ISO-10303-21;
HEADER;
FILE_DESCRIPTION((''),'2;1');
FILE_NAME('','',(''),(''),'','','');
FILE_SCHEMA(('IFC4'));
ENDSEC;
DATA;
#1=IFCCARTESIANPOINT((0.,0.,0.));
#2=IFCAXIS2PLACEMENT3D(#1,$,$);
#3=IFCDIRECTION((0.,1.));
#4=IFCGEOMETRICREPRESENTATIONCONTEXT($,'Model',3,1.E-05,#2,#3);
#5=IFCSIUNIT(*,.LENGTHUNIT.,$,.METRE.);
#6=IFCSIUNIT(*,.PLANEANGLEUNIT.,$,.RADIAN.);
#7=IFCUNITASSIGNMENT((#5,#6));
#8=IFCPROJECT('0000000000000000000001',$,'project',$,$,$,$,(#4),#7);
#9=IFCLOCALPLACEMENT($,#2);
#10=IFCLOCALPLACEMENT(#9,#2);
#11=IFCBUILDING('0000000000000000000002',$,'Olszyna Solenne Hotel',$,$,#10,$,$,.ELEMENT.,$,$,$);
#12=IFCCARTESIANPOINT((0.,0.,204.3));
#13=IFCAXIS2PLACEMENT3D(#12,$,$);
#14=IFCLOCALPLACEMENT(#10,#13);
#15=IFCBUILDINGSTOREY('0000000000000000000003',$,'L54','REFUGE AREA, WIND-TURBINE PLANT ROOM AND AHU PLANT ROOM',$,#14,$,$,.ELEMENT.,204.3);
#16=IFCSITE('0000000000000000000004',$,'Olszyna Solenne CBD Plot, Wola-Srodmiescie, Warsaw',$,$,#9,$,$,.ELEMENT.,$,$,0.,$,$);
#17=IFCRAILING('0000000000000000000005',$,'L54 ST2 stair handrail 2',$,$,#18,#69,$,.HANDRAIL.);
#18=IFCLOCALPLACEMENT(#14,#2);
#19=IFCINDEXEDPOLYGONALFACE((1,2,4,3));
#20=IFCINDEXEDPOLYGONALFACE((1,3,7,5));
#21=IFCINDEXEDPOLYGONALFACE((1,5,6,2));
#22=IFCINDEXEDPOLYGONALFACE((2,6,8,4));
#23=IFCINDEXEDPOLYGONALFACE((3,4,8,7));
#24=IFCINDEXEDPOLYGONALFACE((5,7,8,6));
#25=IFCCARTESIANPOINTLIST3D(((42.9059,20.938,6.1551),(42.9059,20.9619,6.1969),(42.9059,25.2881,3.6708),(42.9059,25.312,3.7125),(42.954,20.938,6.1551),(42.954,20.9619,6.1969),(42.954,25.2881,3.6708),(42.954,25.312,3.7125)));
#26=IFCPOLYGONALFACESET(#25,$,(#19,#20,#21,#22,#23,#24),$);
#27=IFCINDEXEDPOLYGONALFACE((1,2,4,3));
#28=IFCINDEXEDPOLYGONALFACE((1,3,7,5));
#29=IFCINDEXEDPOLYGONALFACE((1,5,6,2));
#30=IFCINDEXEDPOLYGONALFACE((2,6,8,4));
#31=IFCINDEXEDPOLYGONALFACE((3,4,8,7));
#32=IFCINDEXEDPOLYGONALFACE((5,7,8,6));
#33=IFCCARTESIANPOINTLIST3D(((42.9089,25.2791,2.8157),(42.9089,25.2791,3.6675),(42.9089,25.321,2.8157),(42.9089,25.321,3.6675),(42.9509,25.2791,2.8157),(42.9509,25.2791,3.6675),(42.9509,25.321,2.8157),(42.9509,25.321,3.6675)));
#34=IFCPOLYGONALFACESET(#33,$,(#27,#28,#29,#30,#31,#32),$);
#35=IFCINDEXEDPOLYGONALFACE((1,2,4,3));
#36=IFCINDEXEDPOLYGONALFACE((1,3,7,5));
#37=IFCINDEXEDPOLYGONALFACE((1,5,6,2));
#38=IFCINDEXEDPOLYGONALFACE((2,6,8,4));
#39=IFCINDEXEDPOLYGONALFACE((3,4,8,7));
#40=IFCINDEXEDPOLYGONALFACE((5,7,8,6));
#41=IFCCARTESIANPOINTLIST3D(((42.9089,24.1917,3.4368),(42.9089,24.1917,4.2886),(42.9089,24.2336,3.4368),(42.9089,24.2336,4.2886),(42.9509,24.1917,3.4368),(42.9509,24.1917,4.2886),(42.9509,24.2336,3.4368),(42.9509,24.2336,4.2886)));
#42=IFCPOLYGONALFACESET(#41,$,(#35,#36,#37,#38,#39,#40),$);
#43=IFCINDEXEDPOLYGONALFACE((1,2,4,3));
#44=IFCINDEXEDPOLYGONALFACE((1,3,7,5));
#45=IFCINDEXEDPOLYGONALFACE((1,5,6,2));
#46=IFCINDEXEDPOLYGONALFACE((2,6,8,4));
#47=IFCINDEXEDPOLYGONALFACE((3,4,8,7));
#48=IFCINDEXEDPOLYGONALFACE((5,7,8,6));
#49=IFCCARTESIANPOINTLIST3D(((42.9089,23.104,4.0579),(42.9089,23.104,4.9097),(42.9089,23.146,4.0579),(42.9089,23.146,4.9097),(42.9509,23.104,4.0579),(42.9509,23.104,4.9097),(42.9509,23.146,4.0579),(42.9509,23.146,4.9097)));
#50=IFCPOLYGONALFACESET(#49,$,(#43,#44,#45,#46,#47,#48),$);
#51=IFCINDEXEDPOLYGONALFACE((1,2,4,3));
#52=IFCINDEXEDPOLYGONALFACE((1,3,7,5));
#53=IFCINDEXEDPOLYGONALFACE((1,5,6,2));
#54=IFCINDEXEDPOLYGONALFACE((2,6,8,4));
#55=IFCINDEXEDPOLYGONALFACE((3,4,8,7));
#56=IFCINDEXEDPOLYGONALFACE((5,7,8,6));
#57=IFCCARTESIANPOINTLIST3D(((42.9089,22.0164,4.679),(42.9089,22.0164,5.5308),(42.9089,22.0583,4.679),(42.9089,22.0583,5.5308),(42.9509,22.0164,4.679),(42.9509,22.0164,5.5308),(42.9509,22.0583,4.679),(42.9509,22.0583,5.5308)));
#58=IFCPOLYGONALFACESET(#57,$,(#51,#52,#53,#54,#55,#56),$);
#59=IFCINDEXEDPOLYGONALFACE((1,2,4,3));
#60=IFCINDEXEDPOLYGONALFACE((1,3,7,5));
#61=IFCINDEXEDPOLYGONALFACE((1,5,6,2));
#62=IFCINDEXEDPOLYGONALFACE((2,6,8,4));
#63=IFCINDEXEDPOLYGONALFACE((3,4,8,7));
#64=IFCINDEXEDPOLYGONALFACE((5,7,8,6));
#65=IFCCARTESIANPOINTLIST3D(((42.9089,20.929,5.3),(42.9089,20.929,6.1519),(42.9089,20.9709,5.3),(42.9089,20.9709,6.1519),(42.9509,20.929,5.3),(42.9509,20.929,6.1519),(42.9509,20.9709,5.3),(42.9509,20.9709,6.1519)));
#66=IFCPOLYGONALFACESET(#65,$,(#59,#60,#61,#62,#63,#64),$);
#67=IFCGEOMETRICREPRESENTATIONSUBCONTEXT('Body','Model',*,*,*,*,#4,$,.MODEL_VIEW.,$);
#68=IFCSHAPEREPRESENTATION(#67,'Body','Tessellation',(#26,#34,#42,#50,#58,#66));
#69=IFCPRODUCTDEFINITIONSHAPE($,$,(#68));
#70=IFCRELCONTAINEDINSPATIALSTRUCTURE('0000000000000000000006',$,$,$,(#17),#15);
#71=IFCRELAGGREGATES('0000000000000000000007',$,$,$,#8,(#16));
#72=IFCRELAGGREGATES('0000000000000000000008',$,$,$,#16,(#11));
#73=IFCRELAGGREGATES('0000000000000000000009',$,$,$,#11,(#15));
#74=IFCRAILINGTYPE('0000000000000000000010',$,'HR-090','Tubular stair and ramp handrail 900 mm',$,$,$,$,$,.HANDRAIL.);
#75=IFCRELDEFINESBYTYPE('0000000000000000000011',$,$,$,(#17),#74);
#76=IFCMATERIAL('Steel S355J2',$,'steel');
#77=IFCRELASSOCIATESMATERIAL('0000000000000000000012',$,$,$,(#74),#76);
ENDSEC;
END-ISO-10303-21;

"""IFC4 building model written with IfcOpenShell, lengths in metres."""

from ifc_helpers import new_model, si_unit, direction, frame, origin, origin_2d, place, context, subcontext, project, spatial, rectangle, extrude, material, type_object, element, save


model = new_model("IFC4")

# Units and contexts
model_context = context("Model", 3, precision=1e-05, world=origin(), true_north=direction((0.0, 1.0)))
body_context = subcontext(model_context, "Body", "Model", "MODEL_VIEW")
ifc_project = project(units=[si_unit("LENGTHUNIT", "METRE"), si_unit("PLANEANGLEUNIT", "RADIAN")], contexts=[model_context])

# Site, building, storey
site_placement = place(None, origin())
site = spatial("IfcSite", under=ifc_project, at=site_placement, Name="Olszyna Solenne CBD Plot, Wola-Srodmiescie, Warsaw", CompositionType="ELEMENT", RefElevation=0.0)
building_placement = place(site_placement, origin())
building = spatial("IfcBuilding", under=site, at=building_placement, Name="Olszyna Solenne Hotel", CompositionType="ELEMENT")
storey_placement = place(building_placement, frame((0.0, 0.0, 204.3)))
storey = spatial("IfcBuildingStorey", under=building, at=storey_placement, Name="L54", Description="REFUGE AREA, WIND-TURBINE PLANT ROOM AND AHU PLANT ROOM", CompositionType="ELEMENT", Elevation=204.3)

# Shared definitions
ifc_material_1 = material(Name="Steel S355J2", Category="steel")

# Railing
railing_type_1 = type_object("IfcRailingType", Name="HR-090", Description="Tubular stair and ramp handrail 900 mm", PredefinedType="HANDRAIL", material=ifc_material_1)
railing_1_placement = place(storey_placement, frame((42.9299, 25.3, 2.8157)))
element("IfcRailing", 1, at=railing_1_placement, inside=storey, type_object=railing_type_1, Name="L54 ST2 stair handrail 2", PredefinedType="HANDRAIL", context=body_context, shape_type="SweptSolid", body=[
    extrude(rectangle(XDim=0.0481, YDim=0.0481, at=origin_2d()), frame((0.0, 0.0, 0.876), z_axis=(0.0, -0.868363, 0.495929), x_axis=(1.0, 0.0, 0.0)), (0.0, 0.0, 1.0), 5.0095),
    extrude(rectangle(XDim=0.042, YDim=0.042, at=origin_2d()), origin(), (0.0, 0.0, 1.0), 0.8518),
    extrude(rectangle(XDim=0.042, YDim=0.042, at=origin_2d()), frame((0.0, -1.0874, 0.6211)), (0.0, 0.0, 1.0), 0.8518),
    extrude(rectangle(XDim=0.042, YDim=0.042, at=origin_2d()), frame((0.0, -2.175, 1.2422)), (0.0, 0.0, 1.0), 0.8518),
    extrude(rectangle(XDim=0.042, YDim=0.042, at=origin_2d()), frame((0.0, -3.2627, 1.8633)), (0.0, 0.0, 1.0), 0.8518),
    extrude(rectangle(XDim=0.042, YDim=0.042, at=origin_2d()), frame((0.0, -4.3501, 2.4844)), (0.0, 0.0, 1.0), 0.8518),
])

save(model, "model.ifc")
